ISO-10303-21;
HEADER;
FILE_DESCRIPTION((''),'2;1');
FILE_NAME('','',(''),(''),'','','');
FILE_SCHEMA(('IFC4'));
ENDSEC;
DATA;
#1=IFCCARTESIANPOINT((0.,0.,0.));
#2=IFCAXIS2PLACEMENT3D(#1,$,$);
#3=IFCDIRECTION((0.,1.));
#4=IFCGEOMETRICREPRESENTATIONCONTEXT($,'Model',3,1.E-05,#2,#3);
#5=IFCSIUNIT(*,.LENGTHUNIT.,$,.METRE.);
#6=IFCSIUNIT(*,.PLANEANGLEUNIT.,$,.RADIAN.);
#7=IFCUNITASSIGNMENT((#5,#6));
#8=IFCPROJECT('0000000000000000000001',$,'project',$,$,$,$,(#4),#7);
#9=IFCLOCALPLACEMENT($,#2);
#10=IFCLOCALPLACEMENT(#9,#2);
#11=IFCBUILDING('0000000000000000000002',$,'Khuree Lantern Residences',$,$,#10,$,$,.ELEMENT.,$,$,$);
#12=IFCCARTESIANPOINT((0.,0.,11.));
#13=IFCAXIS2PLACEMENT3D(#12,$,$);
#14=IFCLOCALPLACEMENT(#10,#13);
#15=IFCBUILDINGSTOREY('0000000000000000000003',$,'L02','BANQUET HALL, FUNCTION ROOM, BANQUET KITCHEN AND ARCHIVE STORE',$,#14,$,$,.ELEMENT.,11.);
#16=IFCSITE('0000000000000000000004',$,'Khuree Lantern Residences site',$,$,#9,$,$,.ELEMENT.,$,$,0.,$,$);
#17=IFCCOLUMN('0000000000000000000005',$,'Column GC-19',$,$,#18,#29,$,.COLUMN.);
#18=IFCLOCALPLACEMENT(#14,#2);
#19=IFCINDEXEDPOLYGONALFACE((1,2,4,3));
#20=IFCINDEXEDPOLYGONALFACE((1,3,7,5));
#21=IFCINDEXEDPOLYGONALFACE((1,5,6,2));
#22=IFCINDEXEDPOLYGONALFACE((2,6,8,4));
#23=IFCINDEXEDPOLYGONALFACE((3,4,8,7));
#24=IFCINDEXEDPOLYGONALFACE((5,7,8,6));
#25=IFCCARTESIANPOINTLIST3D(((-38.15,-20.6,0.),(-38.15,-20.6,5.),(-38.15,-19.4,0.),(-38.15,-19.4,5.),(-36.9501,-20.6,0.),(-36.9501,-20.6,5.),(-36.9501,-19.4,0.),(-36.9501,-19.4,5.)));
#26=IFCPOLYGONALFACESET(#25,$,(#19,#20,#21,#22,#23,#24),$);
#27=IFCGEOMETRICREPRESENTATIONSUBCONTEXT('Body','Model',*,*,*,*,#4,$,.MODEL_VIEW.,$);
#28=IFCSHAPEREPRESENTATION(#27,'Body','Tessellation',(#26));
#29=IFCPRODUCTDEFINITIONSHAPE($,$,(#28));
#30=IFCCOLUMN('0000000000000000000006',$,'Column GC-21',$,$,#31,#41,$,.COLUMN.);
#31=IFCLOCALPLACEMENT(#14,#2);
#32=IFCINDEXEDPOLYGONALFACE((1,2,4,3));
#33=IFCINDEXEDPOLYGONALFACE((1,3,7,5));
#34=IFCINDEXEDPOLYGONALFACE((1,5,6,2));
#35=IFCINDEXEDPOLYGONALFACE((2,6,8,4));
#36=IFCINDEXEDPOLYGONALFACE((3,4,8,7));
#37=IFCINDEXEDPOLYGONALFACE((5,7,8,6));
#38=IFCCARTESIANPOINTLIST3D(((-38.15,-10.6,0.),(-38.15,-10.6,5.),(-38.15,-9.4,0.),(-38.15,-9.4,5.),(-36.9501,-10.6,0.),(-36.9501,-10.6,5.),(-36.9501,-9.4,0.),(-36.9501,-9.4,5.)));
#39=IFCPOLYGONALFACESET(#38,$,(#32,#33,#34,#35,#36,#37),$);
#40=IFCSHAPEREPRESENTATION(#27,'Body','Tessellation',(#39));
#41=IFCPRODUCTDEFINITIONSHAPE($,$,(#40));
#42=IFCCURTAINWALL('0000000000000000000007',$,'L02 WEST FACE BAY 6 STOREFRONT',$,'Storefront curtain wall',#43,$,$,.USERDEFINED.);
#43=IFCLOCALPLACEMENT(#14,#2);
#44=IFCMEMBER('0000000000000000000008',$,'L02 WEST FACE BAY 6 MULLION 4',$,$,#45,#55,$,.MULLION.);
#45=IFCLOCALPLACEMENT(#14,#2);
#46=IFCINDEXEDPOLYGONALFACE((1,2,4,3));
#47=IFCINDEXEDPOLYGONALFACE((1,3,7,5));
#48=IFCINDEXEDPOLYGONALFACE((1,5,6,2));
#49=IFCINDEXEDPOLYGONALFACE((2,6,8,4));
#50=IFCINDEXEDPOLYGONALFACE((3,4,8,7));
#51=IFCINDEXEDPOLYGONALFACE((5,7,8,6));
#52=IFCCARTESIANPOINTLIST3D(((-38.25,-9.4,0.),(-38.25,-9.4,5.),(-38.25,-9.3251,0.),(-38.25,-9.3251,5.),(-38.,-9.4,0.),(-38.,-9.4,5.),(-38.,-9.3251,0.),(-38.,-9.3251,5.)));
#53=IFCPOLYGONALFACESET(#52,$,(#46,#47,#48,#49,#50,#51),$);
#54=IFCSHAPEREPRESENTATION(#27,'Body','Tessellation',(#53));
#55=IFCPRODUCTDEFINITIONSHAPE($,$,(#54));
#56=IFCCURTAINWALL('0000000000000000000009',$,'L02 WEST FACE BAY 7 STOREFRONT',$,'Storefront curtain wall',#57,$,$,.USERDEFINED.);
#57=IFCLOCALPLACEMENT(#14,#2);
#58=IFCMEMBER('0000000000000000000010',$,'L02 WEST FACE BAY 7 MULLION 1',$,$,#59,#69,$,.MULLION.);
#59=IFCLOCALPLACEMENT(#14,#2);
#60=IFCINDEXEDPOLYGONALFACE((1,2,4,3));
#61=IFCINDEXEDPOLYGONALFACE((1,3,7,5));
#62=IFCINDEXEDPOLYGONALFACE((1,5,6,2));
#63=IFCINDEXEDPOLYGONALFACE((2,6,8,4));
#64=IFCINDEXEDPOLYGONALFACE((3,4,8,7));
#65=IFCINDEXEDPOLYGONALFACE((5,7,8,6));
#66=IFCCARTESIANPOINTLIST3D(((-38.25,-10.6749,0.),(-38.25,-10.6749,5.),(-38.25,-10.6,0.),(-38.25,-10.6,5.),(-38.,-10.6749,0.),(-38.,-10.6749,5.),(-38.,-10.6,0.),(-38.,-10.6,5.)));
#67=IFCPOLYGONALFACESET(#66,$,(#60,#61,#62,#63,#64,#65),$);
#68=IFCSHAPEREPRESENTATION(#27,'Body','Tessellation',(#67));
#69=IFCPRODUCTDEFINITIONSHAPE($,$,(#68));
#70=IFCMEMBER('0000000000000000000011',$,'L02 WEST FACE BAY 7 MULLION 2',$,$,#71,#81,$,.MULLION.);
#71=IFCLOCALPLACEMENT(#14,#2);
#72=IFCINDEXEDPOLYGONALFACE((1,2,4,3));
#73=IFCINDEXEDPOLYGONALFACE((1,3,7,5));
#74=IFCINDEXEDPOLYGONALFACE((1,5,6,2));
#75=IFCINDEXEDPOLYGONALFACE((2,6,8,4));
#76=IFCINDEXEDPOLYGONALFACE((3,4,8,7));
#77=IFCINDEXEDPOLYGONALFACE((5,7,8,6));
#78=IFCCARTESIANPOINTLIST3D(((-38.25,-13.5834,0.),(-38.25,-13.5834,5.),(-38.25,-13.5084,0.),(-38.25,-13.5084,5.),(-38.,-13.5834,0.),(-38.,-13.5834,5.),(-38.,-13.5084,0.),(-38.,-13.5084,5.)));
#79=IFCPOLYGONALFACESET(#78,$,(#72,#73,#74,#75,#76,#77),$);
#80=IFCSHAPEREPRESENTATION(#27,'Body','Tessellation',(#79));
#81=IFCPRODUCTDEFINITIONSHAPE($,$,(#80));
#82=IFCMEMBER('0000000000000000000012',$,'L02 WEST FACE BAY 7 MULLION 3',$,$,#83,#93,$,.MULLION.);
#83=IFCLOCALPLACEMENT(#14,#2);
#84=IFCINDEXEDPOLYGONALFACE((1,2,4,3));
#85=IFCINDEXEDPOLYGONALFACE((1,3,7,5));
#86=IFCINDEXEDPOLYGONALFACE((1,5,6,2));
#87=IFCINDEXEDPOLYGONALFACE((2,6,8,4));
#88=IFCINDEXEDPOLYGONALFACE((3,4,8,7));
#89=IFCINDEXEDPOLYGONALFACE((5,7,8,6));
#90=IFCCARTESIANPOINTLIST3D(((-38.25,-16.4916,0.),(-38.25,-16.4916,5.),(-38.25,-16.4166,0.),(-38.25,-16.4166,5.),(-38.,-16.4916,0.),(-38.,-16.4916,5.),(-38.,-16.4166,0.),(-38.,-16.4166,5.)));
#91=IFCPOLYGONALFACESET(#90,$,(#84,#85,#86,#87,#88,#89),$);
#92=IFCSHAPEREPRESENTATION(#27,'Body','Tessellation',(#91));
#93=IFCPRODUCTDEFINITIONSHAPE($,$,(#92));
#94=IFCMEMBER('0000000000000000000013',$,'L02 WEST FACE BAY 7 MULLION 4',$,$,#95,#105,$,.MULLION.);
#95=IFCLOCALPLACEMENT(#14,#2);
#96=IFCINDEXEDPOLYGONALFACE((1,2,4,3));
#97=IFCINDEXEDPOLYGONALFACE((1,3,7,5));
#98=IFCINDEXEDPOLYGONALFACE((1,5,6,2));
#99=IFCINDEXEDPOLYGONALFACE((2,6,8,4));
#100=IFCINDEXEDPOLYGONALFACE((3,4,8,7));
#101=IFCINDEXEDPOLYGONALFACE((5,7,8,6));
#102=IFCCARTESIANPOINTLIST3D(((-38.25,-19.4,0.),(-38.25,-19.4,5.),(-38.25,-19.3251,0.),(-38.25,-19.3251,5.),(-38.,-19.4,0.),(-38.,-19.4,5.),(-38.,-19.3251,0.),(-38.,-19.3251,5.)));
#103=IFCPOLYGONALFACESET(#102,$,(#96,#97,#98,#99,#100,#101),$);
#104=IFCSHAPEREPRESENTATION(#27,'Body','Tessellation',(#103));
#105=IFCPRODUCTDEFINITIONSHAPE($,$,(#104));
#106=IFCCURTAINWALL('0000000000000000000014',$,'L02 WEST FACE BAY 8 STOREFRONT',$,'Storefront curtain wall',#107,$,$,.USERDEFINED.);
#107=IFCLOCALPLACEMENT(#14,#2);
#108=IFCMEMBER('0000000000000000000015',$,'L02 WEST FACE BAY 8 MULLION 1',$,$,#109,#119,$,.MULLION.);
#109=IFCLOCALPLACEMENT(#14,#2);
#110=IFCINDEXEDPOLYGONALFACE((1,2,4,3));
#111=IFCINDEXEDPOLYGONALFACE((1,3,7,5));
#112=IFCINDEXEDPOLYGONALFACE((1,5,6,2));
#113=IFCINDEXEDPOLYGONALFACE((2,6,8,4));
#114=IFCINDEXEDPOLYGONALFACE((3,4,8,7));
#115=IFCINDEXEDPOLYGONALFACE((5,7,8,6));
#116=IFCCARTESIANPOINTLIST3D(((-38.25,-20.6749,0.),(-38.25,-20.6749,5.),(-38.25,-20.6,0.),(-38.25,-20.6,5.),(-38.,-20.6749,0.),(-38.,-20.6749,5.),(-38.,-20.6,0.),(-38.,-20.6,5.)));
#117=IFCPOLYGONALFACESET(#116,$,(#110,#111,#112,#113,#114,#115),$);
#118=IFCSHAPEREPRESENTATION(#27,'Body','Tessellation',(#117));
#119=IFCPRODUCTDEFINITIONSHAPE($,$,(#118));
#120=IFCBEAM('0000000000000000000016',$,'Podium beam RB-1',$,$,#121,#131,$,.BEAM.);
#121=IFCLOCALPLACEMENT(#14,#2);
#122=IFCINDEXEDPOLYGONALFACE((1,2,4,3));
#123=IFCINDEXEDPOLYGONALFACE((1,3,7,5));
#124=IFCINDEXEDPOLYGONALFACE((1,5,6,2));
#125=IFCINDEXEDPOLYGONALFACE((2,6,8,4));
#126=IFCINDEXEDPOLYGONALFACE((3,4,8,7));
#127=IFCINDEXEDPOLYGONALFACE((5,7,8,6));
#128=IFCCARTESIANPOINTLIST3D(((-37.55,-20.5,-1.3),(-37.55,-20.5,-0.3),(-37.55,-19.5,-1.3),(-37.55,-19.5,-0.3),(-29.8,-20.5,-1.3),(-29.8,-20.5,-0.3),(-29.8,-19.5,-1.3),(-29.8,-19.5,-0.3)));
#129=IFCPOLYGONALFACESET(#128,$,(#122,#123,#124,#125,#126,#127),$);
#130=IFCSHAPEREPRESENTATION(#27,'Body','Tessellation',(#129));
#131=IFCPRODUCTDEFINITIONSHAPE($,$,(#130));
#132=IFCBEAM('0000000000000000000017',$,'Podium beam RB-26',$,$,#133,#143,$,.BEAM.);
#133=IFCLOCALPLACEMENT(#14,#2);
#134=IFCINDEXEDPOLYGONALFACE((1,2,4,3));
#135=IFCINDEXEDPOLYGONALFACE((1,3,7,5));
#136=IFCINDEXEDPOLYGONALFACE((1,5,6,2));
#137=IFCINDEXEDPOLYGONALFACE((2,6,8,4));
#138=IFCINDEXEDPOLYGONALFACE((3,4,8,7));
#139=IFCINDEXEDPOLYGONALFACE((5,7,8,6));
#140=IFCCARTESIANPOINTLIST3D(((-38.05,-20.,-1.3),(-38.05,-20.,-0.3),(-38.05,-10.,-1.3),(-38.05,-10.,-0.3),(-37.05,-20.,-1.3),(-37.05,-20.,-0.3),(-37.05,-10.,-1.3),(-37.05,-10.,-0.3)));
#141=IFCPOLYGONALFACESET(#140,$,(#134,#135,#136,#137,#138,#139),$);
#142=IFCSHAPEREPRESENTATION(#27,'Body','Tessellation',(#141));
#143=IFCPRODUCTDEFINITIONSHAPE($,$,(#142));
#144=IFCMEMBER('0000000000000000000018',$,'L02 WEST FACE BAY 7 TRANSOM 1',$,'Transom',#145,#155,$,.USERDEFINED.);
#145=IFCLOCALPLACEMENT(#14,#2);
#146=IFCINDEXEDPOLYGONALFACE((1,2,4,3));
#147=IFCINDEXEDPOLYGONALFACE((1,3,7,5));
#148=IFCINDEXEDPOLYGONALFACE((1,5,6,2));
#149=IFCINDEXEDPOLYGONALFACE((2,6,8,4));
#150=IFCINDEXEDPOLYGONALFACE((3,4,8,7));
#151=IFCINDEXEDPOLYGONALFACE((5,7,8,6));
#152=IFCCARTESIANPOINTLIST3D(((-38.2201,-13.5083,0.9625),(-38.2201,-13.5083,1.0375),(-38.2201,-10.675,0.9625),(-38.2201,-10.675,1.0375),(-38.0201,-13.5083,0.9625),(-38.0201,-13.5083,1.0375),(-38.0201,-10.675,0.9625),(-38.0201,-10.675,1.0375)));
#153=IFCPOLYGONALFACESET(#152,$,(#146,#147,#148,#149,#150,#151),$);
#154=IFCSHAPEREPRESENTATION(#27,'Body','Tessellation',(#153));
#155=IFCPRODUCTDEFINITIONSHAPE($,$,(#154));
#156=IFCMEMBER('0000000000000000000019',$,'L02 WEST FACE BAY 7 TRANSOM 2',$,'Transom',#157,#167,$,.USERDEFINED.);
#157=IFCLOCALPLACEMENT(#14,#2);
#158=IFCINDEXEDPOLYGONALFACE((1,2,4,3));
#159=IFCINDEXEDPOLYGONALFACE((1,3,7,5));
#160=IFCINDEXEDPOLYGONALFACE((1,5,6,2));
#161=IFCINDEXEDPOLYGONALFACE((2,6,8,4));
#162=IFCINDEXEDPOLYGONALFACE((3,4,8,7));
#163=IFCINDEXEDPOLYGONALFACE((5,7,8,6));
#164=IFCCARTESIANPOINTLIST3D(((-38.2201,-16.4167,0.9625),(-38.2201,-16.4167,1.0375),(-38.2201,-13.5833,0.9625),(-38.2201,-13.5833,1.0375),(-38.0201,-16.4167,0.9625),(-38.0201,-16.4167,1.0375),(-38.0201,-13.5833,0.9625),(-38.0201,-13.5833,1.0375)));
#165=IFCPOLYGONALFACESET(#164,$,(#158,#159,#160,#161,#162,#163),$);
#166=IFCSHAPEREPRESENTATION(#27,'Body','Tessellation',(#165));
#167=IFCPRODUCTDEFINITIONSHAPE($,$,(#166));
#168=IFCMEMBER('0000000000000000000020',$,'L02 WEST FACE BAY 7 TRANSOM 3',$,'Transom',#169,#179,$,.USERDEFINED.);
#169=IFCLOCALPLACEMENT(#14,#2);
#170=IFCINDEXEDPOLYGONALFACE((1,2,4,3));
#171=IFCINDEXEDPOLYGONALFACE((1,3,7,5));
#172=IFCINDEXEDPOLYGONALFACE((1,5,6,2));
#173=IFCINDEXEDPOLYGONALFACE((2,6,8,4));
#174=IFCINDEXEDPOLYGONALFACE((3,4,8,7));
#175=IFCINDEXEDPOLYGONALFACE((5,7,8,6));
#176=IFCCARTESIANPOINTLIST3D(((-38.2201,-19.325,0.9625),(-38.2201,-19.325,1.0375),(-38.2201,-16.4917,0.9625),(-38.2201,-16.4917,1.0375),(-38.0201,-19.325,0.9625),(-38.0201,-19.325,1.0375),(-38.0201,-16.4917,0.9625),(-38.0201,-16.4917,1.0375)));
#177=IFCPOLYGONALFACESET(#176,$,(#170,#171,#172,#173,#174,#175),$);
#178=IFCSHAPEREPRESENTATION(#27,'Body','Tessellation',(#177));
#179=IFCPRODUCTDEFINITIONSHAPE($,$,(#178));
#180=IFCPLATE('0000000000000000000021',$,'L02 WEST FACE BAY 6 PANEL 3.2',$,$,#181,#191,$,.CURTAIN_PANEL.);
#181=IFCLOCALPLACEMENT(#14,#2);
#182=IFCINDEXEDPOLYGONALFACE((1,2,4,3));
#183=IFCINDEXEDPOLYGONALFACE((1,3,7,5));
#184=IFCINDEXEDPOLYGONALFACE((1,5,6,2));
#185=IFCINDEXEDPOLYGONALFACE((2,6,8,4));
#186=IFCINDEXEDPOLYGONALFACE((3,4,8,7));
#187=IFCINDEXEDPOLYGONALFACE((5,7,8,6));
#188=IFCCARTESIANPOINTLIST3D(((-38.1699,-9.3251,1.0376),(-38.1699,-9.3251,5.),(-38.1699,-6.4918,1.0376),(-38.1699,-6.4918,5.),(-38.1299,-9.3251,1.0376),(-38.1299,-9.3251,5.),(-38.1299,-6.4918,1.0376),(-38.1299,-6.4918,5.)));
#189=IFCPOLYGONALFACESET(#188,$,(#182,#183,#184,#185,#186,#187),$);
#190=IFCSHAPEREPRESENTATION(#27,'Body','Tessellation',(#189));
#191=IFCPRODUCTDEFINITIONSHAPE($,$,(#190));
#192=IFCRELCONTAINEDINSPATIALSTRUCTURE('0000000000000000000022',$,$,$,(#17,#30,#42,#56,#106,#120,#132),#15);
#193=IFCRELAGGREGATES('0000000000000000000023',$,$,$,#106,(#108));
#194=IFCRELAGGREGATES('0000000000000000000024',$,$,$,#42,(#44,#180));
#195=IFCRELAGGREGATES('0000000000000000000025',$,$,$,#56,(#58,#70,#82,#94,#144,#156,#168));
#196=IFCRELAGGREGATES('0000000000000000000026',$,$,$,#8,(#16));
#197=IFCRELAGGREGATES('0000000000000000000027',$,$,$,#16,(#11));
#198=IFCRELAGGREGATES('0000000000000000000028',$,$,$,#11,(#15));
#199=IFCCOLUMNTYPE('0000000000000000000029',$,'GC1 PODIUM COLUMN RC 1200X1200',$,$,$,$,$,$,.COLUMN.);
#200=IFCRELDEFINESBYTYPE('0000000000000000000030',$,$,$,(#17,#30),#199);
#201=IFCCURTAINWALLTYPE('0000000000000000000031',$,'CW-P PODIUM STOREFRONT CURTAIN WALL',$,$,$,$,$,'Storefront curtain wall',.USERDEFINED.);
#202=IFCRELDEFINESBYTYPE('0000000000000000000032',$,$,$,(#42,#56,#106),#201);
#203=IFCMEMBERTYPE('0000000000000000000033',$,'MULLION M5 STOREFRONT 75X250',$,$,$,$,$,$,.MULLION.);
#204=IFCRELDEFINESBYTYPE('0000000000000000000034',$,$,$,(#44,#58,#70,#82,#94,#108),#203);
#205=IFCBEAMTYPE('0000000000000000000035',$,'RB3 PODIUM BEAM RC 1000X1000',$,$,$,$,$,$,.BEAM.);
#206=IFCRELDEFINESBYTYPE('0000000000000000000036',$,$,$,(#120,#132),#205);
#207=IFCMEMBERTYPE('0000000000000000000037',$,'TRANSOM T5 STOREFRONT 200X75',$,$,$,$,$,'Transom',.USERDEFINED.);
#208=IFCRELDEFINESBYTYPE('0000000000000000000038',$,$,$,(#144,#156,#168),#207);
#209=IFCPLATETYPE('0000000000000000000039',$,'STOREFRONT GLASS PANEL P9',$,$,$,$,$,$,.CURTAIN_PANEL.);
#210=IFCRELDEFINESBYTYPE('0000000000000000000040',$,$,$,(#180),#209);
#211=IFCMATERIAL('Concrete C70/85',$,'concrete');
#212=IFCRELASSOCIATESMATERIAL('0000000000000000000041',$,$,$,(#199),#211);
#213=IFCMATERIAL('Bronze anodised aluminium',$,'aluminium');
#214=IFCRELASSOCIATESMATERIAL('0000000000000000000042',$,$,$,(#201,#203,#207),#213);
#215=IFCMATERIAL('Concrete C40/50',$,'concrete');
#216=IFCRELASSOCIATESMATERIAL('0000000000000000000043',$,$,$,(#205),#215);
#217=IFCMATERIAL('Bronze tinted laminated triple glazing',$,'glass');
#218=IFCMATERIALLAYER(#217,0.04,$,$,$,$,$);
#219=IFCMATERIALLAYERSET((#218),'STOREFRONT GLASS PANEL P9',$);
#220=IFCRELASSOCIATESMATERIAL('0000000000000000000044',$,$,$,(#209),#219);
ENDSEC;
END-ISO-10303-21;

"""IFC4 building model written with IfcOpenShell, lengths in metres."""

from ifc_helpers import new_model, si_unit, direction, frame, origin, origin_2d, place, context, subcontext, project, spatial, rectangle, extrude, material, layer, layer_set, material_profile, profile_set, type_object, element, aggregate, save


model = new_model("IFC4")

# Units and contexts
model_context = context("Model", 3, precision=1e-05, world=origin(), true_north=direction((0.0, 1.0)))
body_context = subcontext(model_context, "Body", "Model", "MODEL_VIEW")
ifc_project = project(units=[si_unit("LENGTHUNIT", "METRE"), si_unit("PLANEANGLEUNIT", "RADIAN")], contexts=[model_context])

# Site, building, storey
site_placement = place(None, origin())
site = spatial("IfcSite", under=ifc_project, at=site_placement, Name="Khuree Lantern Residences site", CompositionType="ELEMENT", RefElevation=0.0)
building_placement = place(site_placement, origin())
building = spatial("IfcBuilding", under=site, at=building_placement, Name="Khuree Lantern Residences", CompositionType="ELEMENT")
storey_placement = place(building_placement, frame((0.0, 0.0, 11.0)))
storey = spatial("IfcBuildingStorey", under=building, at=storey_placement, Name="L02", Description="BANQUET HALL, FUNCTION ROOM, BANQUET KITCHEN AND ARCHIVE STORE", CompositionType="ELEMENT", Elevation=11.0)

# Columns
ifc_material_1 = material(Name="Concrete C70/85", Category="concrete")
ifc_material_profile_1 = material_profile(ifc_material_1, rectangle(XDim=1.2, YDim=1.2, at=origin_2d()), Name="RC 1200X1200")
ifc_profile_set_1 = profile_set([ifc_material_profile_1], Name="Concrete C70/85")
column_type = type_object("IfcColumnType", Name="GC1 PODIUM COLUMN RC 1200X1200", PredefinedType="COLUMN", material=ifc_profile_set_1)
for number, where, z_axis, x_axis, name in (
    (1, (-37.55, -20.0, 0.0), (0.0, 0.0, 1.0), (1.0, 0.0, 0.0), "Column GC-19"),
    (2, (-37.55, -10.0, 0.0), (0.0, 0.0, 1.0), (1.0, 0.0, 0.0), "Column GC-21"),
):
    element("IfcColumn", number, at=place(storey_placement, frame(where, z_axis=z_axis, x_axis=x_axis)), inside=storey, type_object=column_type, Name=name, PredefinedType="COLUMN", context=body_context, shape_type="SweptSolid", body=[
        extrude(rectangle(XDim=1.2, YDim=1.2, at=origin_2d()), origin(), (0.0, 0.0, 1.0), 5.0),
    ])

# Curtain wall, member
ifc_material_2 = material(Name="Bronze anodised aluminium", Category="aluminium")
curtain_wall_type = type_object("IfcCurtainWallType", Name="CW-P PODIUM STOREFRONT CURTAIN WALL", ElementType="Storefront curtain wall", PredefinedType="USERDEFINED", material=ifc_material_2)
curtain_wall_1_placement = place(storey_placement, origin())
curtain_wall_1 = element("IfcCurtainWall", 3, at=curtain_wall_1_placement, inside=storey, type_object=curtain_wall_type, Name="L02 WEST FACE BAY 6 STOREFRONT", ObjectType="Storefront curtain wall", PredefinedType="USERDEFINED")
ifc_material_profile_2 = material_profile(ifc_material_2, rectangle(XDim=0.075, YDim=0.25, at=origin_2d()), Name="M5 75X250")
ifc_profile_set_2 = profile_set([ifc_material_profile_2], Name="Bronze anodised aluminium")
member_type_1 = type_object("IfcMemberType", Name="MULLION M5 STOREFRONT 75X250", PredefinedType="MULLION", material=ifc_profile_set_2)
member_1_placement = place(storey_placement, frame((-38.125, -9.3625, 0.0), z_axis=(0.0, 0.0, 1.0), x_axis=(0.0, -1.0, 0.0)))
member_1 = element("IfcMember", 4, at=member_1_placement, type_object=member_type_1, Name="L02 WEST FACE BAY 6 MULLION 4", PredefinedType="MULLION", context=body_context, shape_type="SweptSolid", body=[
    extrude(rectangle(XDim=0.075, YDim=0.25, at=origin_2d()), origin(), (0.0, 0.0, 1.0), 5.0),
])

# Curtain wall, members
curtain_wall_2_placement = place(storey_placement, origin())
curtain_wall_2 = element("IfcCurtainWall", 5, at=curtain_wall_2_placement, inside=storey, type_object=curtain_wall_type, Name="L02 WEST FACE BAY 7 STOREFRONT", ObjectType="Storefront curtain wall", PredefinedType="USERDEFINED")
member_2_placement = place(storey_placement, frame((-38.125, -10.6375, 0.0), z_axis=(0.0, 0.0, 1.0), x_axis=(0.0, -1.0, 0.0)))
member_2 = element("IfcMember", 6, at=member_2_placement, type_object=member_type_1, Name="L02 WEST FACE BAY 7 MULLION 1", PredefinedType="MULLION", context=body_context, shape_type="SweptSolid", body=[
    extrude(rectangle(XDim=0.075, YDim=0.25, at=origin_2d()), origin(), (0.0, 0.0, 1.0), 5.0),
])
member_3_placement = place(storey_placement, frame((-38.125, -13.5459, 0.0), z_axis=(0.0, 0.0, 1.0), x_axis=(0.0, -1.0, 0.0)))
member_3 = element("IfcMember", 7, at=member_3_placement, type_object=member_type_1, Name="L02 WEST FACE BAY 7 MULLION 2", PredefinedType="MULLION", context=body_context, shape_type="SweptSolid", body=[
    extrude(rectangle(XDim=0.075, YDim=0.25, at=origin_2d()), origin(), (0.0, 0.0, 1.0), 5.0),
])
member_4_placement = place(storey_placement, frame((-38.125, -16.4541, 0.0), z_axis=(0.0, 0.0, 1.0), x_axis=(0.0, -1.0, 0.0)))
member_4 = element("IfcMember", 8, at=member_4_placement, type_object=member_type_1, Name="L02 WEST FACE BAY 7 MULLION 3", PredefinedType="MULLION", context=body_context, shape_type="SweptSolid", body=[
    extrude(rectangle(XDim=0.075, YDim=0.25, at=origin_2d()), origin(), (0.0, 0.0, 1.0), 5.0),
])
member_5_placement = place(storey_placement, frame((-38.125, -19.3625, 0.0), z_axis=(0.0, 0.0, 1.0), x_axis=(0.0, -1.0, 0.0)))
member_5 = element("IfcMember", 9, at=member_5_placement, type_object=member_type_1, Name="L02 WEST FACE BAY 7 MULLION 4", PredefinedType="MULLION", context=body_context, shape_type="SweptSolid", body=[
    extrude(rectangle(XDim=0.075, YDim=0.25, at=origin_2d()), origin(), (0.0, 0.0, 1.0), 5.0),
])

# Curtain wall, member
curtain_wall_3_placement = place(storey_placement, origin())
curtain_wall_3 = element("IfcCurtainWall", 10, at=curtain_wall_3_placement, inside=storey, type_object=curtain_wall_type, Name="L02 WEST FACE BAY 8 STOREFRONT", ObjectType="Storefront curtain wall", PredefinedType="USERDEFINED")
member_6_placement = place(storey_placement, frame((-38.125, -20.6375, 0.0), z_axis=(0.0, 0.0, 1.0), x_axis=(0.0, -1.0, 0.0)))
member_6 = element("IfcMember", 11, at=member_6_placement, type_object=member_type_1, Name="L02 WEST FACE BAY 8 MULLION 1", PredefinedType="MULLION", context=body_context, shape_type="SweptSolid", body=[
    extrude(rectangle(XDim=0.075, YDim=0.25, at=origin_2d()), origin(), (0.0, 0.0, 1.0), 5.0),
])
aggregate(curtain_wall_3, [member_6])

# Beams
ifc_material_3 = material(Name="Concrete C40/50", Category="concrete")
ifc_material_profile_3 = material_profile(ifc_material_3, rectangle(XDim=1.0, YDim=1.0, at=origin_2d()), Name="RC 1000X1000")
ifc_profile_set_3 = profile_set([ifc_material_profile_3], Name="Concrete C40/50")
beam_type = type_object("IfcBeamType", Name="RB3 PODIUM BEAM RC 1000X1000", PredefinedType="BEAM", material=ifc_profile_set_3)
beam_1_placement = place(storey_placement, frame((-37.55, -20.0, -0.8), z_axis=(1.0, 0.0, 0.0), x_axis=(0.0, 1.0, 0.0)))
element("IfcBeam", 12, at=beam_1_placement, inside=storey, type_object=beam_type, Name="Podium beam RB-1", PredefinedType="BEAM", context=body_context, shape_type="SweptSolid", body=[
    extrude(rectangle(XDim=1.0, YDim=1.0, at=origin_2d()), origin(), (0.0, 0.0, 1.0), 7.75),
])
beam_2_placement = place(storey_placement, frame((-37.55, -20.0, -0.8), z_axis=(0.0, 1.0, 0.0), x_axis=(-1.0, 0.0, 0.0)))
element("IfcBeam", 13, at=beam_2_placement, inside=storey, type_object=beam_type, Name="Podium beam RB-26", PredefinedType="BEAM", context=body_context, shape_type="SweptSolid", body=[
    extrude(rectangle(XDim=1.0, YDim=1.0, at=origin_2d()), origin(), (0.0, 0.0, 1.0), 10.0),
])

# Members
ifc_material_profile_4 = material_profile(ifc_material_2, rectangle(XDim=0.2, YDim=0.075, at=origin_2d()), Name="T5 200X75")
ifc_profile_set_4 = profile_set([ifc_material_profile_4], Name="Bronze anodised aluminium")
member_type_2 = type_object("IfcMemberType", Name="TRANSOM T5 STOREFRONT 200X75", ElementType="Transom", PredefinedType="USERDEFINED", material=ifc_profile_set_4)
member_7_placement = place(storey_placement, frame((-38.1201, -10.675, 1.0), z_axis=(0.0, -1.0, 0.0), x_axis=(1.0, 0.0, 0.0)))
member_7 = element("IfcMember", 14, at=member_7_placement, type_object=member_type_2, Name="L02 WEST FACE BAY 7 TRANSOM 1", ObjectType="Transom", PredefinedType="USERDEFINED", context=body_context, shape_type="SweptSolid", body=[
    extrude(rectangle(XDim=0.2, YDim=0.075, at=origin_2d()), origin(), (0.0, 0.0, 1.0), 2.8333),
])
member_8_placement = place(storey_placement, frame((-38.1201, -13.5833, 1.0), z_axis=(0.0, -1.0, 0.0), x_axis=(1.0, 0.0, 0.0)))
member_8 = element("IfcMember", 15, at=member_8_placement, type_object=member_type_2, Name="L02 WEST FACE BAY 7 TRANSOM 2", ObjectType="Transom", PredefinedType="USERDEFINED", context=body_context, shape_type="SweptSolid", body=[
    extrude(rectangle(XDim=0.2, YDim=0.075, at=origin_2d()), origin(), (0.0, 0.0, 1.0), 2.8335),
])
member_9_placement = place(storey_placement, frame((-38.1201, -16.4917, 1.0), z_axis=(0.0, -1.0, 0.0), x_axis=(1.0, 0.0, 0.0)))
member_9 = element("IfcMember", 16, at=member_9_placement, type_object=member_type_2, Name="L02 WEST FACE BAY 7 TRANSOM 3", ObjectType="Transom", PredefinedType="USERDEFINED", context=body_context, shape_type="SweptSolid", body=[
    extrude(rectangle(XDim=0.2, YDim=0.075, at=origin_2d()), origin(), (0.0, 0.0, 1.0), 2.8333),
])

# Plate
ifc_material_4 = material(Name="Bronze tinted laminated triple glazing", Category="glass")
ifc_layer_1 = layer(ifc_material_4, 0.04)
ifc_layer_set_1 = layer_set([ifc_layer_1], Name="STOREFRONT GLASS PANEL P9")
plate_type_1 = type_object("IfcPlateType", Name="STOREFRONT GLASS PANEL P9", PredefinedType="CURTAIN_PANEL", material=ifc_layer_set_1)
plate_1_placement = place(storey_placement, frame((-38.1499, -7.9084, 1.0376), z_axis=(0.0, 0.0, 1.0), x_axis=(0.0, -1.0, 0.0)))
plate_1 = element("IfcPlate", 17, at=plate_1_placement, type_object=plate_type_1, Name="L02 WEST FACE BAY 6 PANEL 3.2", PredefinedType="CURTAIN_PANEL", context=body_context, shape_type="SweptSolid", body=[
    extrude(rectangle(XDim=2.8333, YDim=0.04, at=origin_2d()), origin(), (0.0, 0.0, 1.0), 3.9624),
])
aggregate(curtain_wall_1, [member_1, plate_1])
aggregate(curtain_wall_2, [member_2, member_3, member_4, member_5, member_7, member_8, member_9])

save(model, "model.ifc")
